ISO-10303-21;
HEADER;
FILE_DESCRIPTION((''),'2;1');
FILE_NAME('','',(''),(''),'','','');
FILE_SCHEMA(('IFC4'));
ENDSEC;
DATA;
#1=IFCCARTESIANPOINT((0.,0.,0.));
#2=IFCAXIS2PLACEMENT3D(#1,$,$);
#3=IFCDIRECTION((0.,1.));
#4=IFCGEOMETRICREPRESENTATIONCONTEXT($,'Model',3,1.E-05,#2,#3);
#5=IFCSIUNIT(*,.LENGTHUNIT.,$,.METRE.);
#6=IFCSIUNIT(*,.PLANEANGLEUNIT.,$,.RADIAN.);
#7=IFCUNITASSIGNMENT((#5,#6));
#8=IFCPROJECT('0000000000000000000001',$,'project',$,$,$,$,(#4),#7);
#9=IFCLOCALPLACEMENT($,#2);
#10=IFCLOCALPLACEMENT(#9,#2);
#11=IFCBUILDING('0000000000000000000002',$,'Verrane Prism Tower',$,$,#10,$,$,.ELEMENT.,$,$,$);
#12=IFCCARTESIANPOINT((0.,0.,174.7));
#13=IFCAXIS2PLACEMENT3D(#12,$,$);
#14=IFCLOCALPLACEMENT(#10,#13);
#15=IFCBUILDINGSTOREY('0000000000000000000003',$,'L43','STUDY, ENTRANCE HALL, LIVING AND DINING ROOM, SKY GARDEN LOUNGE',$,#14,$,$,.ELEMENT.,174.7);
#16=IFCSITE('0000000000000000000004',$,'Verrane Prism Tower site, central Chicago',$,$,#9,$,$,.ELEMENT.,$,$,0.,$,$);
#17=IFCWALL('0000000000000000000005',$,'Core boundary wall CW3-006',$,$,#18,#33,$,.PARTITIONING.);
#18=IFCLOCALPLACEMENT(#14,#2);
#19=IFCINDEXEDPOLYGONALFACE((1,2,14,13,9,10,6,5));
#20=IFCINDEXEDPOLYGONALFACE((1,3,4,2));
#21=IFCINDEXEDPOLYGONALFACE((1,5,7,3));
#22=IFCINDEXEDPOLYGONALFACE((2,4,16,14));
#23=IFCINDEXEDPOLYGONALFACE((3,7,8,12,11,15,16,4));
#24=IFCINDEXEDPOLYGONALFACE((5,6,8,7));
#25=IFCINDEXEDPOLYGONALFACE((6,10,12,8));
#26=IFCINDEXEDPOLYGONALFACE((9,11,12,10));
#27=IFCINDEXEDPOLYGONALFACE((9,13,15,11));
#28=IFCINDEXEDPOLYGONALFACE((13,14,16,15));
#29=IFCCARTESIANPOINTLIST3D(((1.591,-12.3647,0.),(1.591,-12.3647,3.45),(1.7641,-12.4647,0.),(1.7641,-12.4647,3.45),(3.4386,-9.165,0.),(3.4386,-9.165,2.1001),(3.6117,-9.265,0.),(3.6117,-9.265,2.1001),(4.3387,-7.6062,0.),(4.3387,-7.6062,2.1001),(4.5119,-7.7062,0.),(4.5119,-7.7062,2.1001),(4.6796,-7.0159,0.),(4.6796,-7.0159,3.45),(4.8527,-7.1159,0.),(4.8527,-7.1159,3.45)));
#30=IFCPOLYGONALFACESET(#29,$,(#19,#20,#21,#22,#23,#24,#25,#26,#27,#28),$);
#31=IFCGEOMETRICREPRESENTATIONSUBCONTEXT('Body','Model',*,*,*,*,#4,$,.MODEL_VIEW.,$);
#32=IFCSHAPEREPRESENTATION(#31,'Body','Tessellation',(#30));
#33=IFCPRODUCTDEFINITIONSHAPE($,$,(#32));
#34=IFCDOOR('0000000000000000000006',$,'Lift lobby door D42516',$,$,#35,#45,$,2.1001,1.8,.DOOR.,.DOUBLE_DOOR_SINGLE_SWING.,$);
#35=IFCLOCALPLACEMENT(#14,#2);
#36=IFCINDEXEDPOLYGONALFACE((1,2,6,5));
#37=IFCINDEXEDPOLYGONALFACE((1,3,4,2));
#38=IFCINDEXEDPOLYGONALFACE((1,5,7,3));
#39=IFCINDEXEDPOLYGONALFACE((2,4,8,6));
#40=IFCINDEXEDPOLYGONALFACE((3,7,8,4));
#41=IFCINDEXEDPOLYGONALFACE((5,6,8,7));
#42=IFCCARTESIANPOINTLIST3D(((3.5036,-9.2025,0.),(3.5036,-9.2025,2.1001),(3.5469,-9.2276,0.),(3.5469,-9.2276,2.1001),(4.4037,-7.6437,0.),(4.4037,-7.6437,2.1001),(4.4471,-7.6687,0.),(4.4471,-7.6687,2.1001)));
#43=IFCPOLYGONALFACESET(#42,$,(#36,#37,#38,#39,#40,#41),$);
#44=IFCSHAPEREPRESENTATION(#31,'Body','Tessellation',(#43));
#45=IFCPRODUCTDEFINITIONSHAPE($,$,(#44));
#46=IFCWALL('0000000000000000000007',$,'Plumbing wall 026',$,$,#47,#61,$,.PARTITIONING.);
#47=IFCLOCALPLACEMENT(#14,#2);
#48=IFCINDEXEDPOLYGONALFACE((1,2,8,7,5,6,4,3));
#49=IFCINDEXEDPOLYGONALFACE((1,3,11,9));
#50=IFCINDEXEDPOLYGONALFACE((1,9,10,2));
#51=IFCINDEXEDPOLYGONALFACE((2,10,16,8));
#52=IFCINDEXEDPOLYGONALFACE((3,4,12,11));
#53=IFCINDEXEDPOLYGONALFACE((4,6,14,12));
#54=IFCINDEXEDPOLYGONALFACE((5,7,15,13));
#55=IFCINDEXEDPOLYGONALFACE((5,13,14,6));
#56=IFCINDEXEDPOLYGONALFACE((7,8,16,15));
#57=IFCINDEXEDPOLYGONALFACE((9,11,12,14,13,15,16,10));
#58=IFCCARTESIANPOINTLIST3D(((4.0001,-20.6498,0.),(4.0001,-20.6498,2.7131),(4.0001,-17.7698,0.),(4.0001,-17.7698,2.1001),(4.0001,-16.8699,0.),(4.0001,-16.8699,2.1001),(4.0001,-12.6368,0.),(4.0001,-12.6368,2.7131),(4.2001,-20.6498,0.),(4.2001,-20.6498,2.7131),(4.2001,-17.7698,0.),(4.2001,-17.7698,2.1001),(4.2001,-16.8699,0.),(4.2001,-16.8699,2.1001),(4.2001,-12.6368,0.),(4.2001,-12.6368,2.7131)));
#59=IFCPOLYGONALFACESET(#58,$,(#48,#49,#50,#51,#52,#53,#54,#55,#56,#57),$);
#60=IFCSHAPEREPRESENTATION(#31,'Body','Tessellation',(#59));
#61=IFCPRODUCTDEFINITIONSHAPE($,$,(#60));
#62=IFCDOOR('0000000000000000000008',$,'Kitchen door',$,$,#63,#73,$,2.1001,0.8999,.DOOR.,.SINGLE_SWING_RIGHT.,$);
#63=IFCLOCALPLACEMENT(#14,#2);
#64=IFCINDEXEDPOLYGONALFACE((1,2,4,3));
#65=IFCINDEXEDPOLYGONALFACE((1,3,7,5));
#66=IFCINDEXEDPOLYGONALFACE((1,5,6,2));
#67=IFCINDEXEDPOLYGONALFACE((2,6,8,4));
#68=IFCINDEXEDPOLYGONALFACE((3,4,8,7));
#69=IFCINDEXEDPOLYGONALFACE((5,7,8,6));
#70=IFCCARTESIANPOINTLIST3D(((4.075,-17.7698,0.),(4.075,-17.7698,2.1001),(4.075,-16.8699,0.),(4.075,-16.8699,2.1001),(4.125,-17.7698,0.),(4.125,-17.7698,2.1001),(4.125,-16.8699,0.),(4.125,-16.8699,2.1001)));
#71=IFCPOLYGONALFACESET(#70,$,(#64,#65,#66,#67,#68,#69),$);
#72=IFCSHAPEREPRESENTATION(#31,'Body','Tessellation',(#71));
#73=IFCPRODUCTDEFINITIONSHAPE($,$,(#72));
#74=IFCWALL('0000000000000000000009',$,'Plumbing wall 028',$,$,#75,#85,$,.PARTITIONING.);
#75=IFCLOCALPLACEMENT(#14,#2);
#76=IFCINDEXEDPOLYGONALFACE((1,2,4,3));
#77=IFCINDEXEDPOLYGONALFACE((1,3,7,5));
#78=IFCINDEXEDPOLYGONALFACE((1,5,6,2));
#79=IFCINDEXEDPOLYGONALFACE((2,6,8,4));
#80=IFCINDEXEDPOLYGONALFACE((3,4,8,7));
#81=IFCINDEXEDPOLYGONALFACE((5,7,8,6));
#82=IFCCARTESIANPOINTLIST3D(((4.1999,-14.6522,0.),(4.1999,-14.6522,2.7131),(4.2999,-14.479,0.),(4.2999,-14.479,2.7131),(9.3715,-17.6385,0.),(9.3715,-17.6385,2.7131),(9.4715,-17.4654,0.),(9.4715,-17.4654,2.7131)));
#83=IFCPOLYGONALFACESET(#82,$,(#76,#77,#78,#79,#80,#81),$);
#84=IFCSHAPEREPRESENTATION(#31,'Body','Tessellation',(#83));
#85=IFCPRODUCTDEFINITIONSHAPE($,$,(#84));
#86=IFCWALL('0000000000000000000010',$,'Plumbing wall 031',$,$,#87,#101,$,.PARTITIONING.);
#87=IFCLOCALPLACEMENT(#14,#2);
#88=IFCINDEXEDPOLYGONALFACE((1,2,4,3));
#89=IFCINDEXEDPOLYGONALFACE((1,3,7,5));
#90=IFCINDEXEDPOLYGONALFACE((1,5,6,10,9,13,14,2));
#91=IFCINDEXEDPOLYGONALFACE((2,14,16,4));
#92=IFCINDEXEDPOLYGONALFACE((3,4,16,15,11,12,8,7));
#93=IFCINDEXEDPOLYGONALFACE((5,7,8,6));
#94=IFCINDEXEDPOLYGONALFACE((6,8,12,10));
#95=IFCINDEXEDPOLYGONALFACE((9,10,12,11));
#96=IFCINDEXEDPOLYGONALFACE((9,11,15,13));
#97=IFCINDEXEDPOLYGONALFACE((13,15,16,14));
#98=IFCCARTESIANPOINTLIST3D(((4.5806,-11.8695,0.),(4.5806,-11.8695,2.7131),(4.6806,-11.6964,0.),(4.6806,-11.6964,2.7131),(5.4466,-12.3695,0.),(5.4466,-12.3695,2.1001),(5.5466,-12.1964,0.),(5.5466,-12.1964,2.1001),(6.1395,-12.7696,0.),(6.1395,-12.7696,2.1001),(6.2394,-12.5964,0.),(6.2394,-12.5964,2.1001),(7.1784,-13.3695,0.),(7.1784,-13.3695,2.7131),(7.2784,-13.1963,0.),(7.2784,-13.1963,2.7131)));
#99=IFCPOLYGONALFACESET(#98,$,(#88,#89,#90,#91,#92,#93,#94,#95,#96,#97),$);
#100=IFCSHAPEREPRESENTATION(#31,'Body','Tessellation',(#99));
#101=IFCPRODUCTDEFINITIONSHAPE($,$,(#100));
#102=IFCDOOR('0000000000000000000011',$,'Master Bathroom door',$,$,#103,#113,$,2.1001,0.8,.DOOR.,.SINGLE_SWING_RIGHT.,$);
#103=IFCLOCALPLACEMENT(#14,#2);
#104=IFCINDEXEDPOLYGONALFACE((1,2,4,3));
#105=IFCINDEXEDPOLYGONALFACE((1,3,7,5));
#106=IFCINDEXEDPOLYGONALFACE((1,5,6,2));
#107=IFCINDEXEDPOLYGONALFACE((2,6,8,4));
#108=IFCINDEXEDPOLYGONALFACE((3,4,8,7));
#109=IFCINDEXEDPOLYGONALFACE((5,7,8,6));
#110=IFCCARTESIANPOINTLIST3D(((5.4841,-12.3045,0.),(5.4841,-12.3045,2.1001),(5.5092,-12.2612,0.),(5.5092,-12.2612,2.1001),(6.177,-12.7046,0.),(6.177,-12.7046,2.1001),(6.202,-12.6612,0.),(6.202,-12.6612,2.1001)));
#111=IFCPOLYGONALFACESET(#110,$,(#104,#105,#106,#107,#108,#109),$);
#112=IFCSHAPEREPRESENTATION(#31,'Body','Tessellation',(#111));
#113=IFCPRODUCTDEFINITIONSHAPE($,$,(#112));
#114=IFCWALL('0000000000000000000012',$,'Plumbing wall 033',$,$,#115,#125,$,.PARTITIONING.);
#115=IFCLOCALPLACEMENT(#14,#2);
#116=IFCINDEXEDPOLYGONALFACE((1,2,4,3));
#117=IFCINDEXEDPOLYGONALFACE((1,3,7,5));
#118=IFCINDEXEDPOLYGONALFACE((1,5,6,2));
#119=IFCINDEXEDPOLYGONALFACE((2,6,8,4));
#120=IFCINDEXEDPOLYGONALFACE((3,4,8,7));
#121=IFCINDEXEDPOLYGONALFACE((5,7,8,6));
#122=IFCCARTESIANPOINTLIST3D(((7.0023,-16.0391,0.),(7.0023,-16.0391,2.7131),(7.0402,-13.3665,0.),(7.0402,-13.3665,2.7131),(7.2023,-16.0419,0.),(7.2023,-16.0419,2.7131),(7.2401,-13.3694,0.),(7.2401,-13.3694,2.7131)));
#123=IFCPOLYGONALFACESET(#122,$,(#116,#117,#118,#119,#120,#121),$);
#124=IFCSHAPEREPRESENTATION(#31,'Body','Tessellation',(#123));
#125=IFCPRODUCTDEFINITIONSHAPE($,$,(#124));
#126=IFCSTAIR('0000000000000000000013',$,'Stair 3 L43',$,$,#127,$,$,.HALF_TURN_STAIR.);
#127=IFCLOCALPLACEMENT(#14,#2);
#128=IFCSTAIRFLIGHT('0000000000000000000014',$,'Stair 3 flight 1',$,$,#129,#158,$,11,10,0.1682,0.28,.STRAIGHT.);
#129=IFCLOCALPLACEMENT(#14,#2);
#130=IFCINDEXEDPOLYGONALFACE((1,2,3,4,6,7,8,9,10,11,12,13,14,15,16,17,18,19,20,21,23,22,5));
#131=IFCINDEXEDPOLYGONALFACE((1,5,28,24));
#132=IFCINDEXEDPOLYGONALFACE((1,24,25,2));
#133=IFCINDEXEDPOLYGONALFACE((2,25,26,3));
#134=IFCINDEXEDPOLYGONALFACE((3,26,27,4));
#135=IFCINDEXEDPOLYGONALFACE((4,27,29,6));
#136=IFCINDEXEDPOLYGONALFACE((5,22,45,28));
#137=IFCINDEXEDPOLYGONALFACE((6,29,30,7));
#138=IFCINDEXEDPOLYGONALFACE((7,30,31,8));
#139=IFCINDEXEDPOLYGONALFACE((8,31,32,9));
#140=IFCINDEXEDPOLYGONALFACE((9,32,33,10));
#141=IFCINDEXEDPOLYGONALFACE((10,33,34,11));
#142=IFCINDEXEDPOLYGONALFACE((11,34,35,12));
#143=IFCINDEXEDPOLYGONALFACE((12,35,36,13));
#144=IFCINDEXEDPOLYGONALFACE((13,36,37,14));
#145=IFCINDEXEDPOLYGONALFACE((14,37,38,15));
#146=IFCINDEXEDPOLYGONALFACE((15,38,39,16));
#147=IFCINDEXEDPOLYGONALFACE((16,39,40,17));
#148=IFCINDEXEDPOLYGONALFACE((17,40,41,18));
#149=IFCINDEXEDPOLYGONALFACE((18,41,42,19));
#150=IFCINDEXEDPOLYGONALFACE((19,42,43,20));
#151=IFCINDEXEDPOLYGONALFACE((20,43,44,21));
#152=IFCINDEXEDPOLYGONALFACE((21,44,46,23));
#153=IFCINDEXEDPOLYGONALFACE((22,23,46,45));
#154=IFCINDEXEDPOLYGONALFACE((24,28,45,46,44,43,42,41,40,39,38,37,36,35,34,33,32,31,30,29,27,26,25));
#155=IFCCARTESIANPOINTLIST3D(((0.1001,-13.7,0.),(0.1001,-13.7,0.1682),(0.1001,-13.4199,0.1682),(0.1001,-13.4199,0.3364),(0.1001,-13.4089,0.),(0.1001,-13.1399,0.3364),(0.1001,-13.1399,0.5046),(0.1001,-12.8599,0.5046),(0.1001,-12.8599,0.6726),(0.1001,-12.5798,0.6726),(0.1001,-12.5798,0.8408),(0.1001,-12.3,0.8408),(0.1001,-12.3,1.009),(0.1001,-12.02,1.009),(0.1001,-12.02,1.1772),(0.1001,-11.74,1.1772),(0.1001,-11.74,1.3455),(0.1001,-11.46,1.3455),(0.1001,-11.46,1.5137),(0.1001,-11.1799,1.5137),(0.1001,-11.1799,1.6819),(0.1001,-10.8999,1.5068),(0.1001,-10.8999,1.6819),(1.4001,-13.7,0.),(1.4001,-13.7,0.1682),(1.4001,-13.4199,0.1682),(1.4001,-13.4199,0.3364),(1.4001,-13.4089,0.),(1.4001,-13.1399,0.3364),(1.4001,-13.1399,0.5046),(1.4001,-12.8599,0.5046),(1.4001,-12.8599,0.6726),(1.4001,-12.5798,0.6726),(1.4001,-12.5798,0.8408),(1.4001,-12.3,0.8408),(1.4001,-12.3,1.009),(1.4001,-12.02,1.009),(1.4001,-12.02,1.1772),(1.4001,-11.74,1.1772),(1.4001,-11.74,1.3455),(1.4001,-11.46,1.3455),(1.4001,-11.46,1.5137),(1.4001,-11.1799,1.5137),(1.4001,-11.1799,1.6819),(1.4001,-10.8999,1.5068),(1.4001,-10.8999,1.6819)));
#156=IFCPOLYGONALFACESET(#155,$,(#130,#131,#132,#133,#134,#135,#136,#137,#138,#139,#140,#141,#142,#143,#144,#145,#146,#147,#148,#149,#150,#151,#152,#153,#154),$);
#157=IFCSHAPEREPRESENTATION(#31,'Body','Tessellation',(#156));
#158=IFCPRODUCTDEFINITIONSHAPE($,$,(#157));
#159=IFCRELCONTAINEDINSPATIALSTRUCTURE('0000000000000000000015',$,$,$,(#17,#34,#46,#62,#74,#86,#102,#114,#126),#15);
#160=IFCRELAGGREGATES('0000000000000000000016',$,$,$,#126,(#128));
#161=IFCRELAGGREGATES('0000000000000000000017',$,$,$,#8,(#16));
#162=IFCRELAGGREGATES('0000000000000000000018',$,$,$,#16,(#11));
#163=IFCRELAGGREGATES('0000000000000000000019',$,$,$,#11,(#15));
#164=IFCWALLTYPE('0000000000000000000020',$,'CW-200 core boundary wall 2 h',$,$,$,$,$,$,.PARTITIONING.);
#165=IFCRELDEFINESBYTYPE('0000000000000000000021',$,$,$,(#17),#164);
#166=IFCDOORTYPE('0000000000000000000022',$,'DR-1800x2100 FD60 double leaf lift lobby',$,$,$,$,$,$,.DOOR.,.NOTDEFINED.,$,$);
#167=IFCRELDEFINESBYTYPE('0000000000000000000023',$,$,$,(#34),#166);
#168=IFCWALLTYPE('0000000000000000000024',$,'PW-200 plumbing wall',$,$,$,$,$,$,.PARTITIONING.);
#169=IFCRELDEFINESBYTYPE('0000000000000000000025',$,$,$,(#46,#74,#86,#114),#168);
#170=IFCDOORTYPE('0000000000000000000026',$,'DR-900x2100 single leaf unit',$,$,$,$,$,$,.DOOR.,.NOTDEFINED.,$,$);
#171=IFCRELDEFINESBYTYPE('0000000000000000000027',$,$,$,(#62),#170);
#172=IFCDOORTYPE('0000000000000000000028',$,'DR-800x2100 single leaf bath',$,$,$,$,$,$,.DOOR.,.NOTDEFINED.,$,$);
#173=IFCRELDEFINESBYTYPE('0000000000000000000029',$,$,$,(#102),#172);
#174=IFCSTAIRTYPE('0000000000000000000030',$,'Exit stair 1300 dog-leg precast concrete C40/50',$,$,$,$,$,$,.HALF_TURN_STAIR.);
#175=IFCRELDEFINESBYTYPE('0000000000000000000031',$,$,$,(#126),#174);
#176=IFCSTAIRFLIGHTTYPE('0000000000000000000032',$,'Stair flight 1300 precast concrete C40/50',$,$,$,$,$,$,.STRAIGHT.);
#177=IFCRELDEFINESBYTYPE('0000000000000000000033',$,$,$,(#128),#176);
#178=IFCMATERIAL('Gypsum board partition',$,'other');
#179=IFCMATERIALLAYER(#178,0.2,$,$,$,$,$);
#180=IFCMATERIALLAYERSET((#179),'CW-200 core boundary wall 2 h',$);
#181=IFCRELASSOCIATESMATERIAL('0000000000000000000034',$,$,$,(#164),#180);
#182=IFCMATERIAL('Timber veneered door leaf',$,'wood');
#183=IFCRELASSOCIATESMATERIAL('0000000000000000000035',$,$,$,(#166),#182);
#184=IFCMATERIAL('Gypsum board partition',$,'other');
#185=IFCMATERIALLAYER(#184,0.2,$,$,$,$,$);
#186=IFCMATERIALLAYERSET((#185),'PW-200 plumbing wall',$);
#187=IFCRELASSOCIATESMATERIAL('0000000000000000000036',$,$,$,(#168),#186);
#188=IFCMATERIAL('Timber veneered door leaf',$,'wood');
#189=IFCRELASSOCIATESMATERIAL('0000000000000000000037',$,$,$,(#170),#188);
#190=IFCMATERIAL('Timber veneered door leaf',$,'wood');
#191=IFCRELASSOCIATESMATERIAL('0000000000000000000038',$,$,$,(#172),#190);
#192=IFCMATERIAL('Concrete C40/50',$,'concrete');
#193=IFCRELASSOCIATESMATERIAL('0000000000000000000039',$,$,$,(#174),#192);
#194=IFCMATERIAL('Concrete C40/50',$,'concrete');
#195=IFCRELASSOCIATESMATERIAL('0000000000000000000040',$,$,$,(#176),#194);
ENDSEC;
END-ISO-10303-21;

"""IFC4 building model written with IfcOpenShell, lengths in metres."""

from ifc_helpers import new_model, si_unit, direction, frame, frame_2d, origin, place, context, subcontext, project, spatial, polyline, rectangle, outline, extrude, material, layer, layer_set, type_object, element, fill, aggregate, save


model = new_model("IFC4")

# Units and contexts
model_context = context("Model", 3, precision=1e-05, world=origin(), true_north=direction((0.0, 1.0)))
body_context = subcontext(model_context, "Body", "Model", "MODEL_VIEW")
ifc_project = project(units=[si_unit("LENGTHUNIT", "METRE"), si_unit("PLANEANGLEUNIT", "RADIAN")], contexts=[model_context])

# Site, building, storey
site_placement = place(None, origin())
site = spatial("IfcSite", under=ifc_project, at=site_placement, Name="Verrane Prism Tower site, central Chicago", CompositionType="ELEMENT", RefElevation=0.0)
building_placement = place(site_placement, origin())
building = spatial("IfcBuilding", under=site, at=building_placement, Name="Verrane Prism Tower", CompositionType="ELEMENT")
storey_placement = place(building_placement, frame((0.0, 0.0, 174.7)))
storey = spatial("IfcBuildingStorey", under=building, at=storey_placement, Name="L43", Description="STUDY, ENTRANCE HALL, LIVING AND DINING ROOM, SKY GARDEN LOUNGE", CompositionType="ELEMENT", Elevation=174.7)

# Walls, openings, doors
ifc_material_1 = material(Name="Gypsum board partition", Category="other")
ifc_layer_1 = layer(ifc_material_1, 0.2)
ifc_layer_set_1 = layer_set([ifc_layer_1], Name="CW-200 core boundary wall 2 h")
wall_type_1 = type_object("IfcWallType", Name="CW-200 core boundary wall 2 h", PredefinedType="PARTITIONING", material=ifc_layer_set_1)
wall_1_placement = place(storey_placement, frame((1.6775, -12.4148, 0.0), z_axis=(0.0, 0.0, 1.0), x_axis=(0.500054, 0.865994, 0.0)))
wall_1 = element("IfcWall", 1, at=wall_1_placement, inside=storey, type_object=wall_type_1, Name="Core boundary wall CW3-006", PredefinedType="PARTITIONING", context=body_context, shape_type="SweptSolid", body=[
    extrude(rectangle(XDim=6.1765, YDim=0.2, at=frame_2d((3.0884, 0.0))), origin(), (0.0, 0.0, 1.0), 3.45),
])
opening_1_placement = place(wall_1_placement, frame((3.6951, 0.0, 0.0)))
opening_1 = element("IfcOpeningElement", 2, at=opening_1_placement, cuts=wall_1, PredefinedType="OPENING", context=body_context, shape_type="SweptSolid", body=[
    extrude(rectangle(XDim=1.8, YDim=2.1001, at=frame_2d((0.8999, 1.05))), frame((0.0, 0.1099, 0.0), z_axis=(0.0, -1.0, 0.0), x_axis=(1.0, 0.0, 0.0)), (0.0, 0.0, 1.0), 0.22),
])
ifc_material_2 = material(Name="Timber veneered door leaf", Category="wood")
door_type_1 = type_object("IfcDoorType", Name="DR-1800x2100 FD60 double leaf lift lobby", OperationType="NOTDEFINED", PredefinedType="DOOR", material=ifc_material_2)
door_1_placement = place(opening_1_placement, origin())
door_1 = element("IfcDoor", 3, at=door_1_placement, inside=storey, type_object=door_type_1, Name="Lift lobby door D42516", OperationType="DOUBLE_DOOR_SINGLE_SWING", OverallHeight=2.1001, OverallWidth=1.8, PredefinedType="DOOR", context=body_context, shape_type="SweptSolid", body=[
    extrude(rectangle(XDim=1.8, YDim=2.1001, at=frame_2d((0.8999, 1.05))), frame((0.0, 0.0249, 0.0), z_axis=(0.0, -1.0, 0.0), x_axis=(1.0, 0.0, 0.0)), (0.0, 0.0, 1.0), 0.05),
])
fill(opening_1, door_1)
ifc_material_3 = material(Name="Gypsum board partition", Category="other")
ifc_layer_2 = layer(ifc_material_3, 0.2)
ifc_layer_set_2 = layer_set([ifc_layer_2], Name="PW-200 plumbing wall")
wall_type_2 = type_object("IfcWallType", Name="PW-200 plumbing wall", PredefinedType="PARTITIONING", material=ifc_layer_set_2)
wall_2_placement = place(storey_placement, frame((4.1001, -12.637, 0.0), z_axis=(0.0, 0.0, 1.0), x_axis=(0.0, -1.0, 0.0)))
wall_2 = element("IfcWall", 4, at=wall_2_placement, inside=storey, type_object=wall_type_2, Name="Plumbing wall 026", PredefinedType="PARTITIONING", context=body_context, shape_type="SweptSolid", body=[
    extrude(rectangle(XDim=8.0129, YDim=0.2, at=frame_2d((4.0063, 0.0))), origin(), (0.0, 0.0, 1.0), 2.7131),
])
opening_2_placement = place(wall_2_placement, frame((4.2329, 0.0, 0.0)))
opening_2 = element("IfcOpeningElement", 5, at=opening_2_placement, cuts=wall_2, PredefinedType="OPENING", context=body_context, shape_type="SweptSolid", body=[
    extrude(rectangle(XDim=0.8999, YDim=2.1001, at=frame_2d((0.45, 1.05))), frame((0.0, 0.1099, 0.0), z_axis=(0.0, -1.0, 0.0), x_axis=(1.0, 0.0, 0.0)), (0.0, 0.0, 1.0), 0.22),
])
ifc_material_4 = material(Name="Timber veneered door leaf", Category="wood")
door_type_2 = type_object("IfcDoorType", Name="DR-900x2100 single leaf unit", OperationType="NOTDEFINED", PredefinedType="DOOR", material=ifc_material_4)
door_2_placement = place(opening_2_placement, origin())
door_2 = element("IfcDoor", 6, at=door_2_placement, inside=storey, type_object=door_type_2, Name="Kitchen door", OperationType="SINGLE_SWING_RIGHT", OverallHeight=2.1001, OverallWidth=0.8999, PredefinedType="DOOR", context=body_context, shape_type="SweptSolid", body=[
    extrude(rectangle(XDim=0.8999, YDim=2.1001, at=frame_2d((0.45, 1.05))), frame((0.0, 0.0249, 0.0), z_axis=(0.0, -1.0, 0.0), x_axis=(1.0, 0.0, 0.0)), (0.0, 0.0, 1.0), 0.05),
])
fill(opening_2, door_2)

# Wall
wall_3_placement = place(storey_placement, frame((4.25, -14.5657, 0.0), z_axis=(0.0, 0.0, 1.0), x_axis=(0.86599, -0.500061, 0.0)))
element("IfcWall", 7, at=wall_3_placement, inside=storey, type_object=wall_type_2, Name="Plumbing wall 028", PredefinedType="PARTITIONING", context=body_context, shape_type="SweptSolid", body=[
    extrude(rectangle(XDim=5.9719, YDim=0.2, at=frame_2d((2.9858, 0.0))), origin(), (0.0, 0.0, 1.0), 2.7131),
])

# Wall, opening, door
wall_4_placement = place(storey_placement, frame((7.2285, -13.283, 0.0), z_axis=(0.0, 0.0, 1.0), x_axis=(-0.866011, 0.500025, 0.0)))
wall_4 = element("IfcWall", 8, at=wall_4_placement, inside=storey, type_object=wall_type_2, Name="Plumbing wall 031", PredefinedType="PARTITIONING", context=body_context, shape_type="SweptSolid", body=[
    extrude(rectangle(XDim=2.9998, YDim=0.2, at=frame_2d((1.5, 0.0))), origin(), (0.0, 0.0, 1.0), 2.7131),
])
opening_3_placement = place(wall_4_placement, frame((1.2, 0.0, 0.0)))
opening_3 = element("IfcOpeningElement", 9, at=opening_3_placement, cuts=wall_4, PredefinedType="OPENING", context=body_context, shape_type="SweptSolid", body=[
    extrude(rectangle(XDim=0.8, YDim=2.1001, at=frame_2d((0.3999, 1.05))), frame((0.0, 0.1099, 0.0), z_axis=(0.0, -1.0, 0.0), x_axis=(1.0, 0.0, 0.0)), (0.0, 0.0, 1.0), 0.22),
])
ifc_material_5 = material(Name="Timber veneered door leaf", Category="wood")
door_type_3 = type_object("IfcDoorType", Name="DR-800x2100 single leaf bath", OperationType="NOTDEFINED", PredefinedType="DOOR", material=ifc_material_5)
door_3_placement = place(opening_3_placement, origin())
door_3 = element("IfcDoor", 10, at=door_3_placement, inside=storey, type_object=door_type_3, Name="Master Bathroom door", OperationType="SINGLE_SWING_RIGHT", OverallHeight=2.1001, OverallWidth=0.8, PredefinedType="DOOR", context=body_context, shape_type="SweptSolid", body=[
    extrude(rectangle(XDim=0.8, YDim=2.1001, at=frame_2d((0.3999, 1.05))), frame((0.0, 0.0249, 0.0), z_axis=(0.0, -1.0, 0.0), x_axis=(1.0, 0.0, 0.0)), (0.0, 0.0, 1.0), 0.05),
])
fill(opening_3, door_3)

# Wall
wall_5_placement = place(storey_placement, frame((7.1023, -16.0405, 0.0), z_axis=(0.0, 0.0, 1.0), x_axis=(0.014158, 0.9999, 0.0)))
element("IfcWall", 11, at=wall_5_placement, inside=storey, type_object=wall_type_2, Name="Plumbing wall 033", PredefinedType="PARTITIONING", context=body_context, shape_type="SweptSolid", body=[
    extrude(rectangle(XDim=2.6729, YDim=0.2, at=frame_2d((1.3364, 0.0))), origin(), (0.0, 0.0, 1.0), 2.7131),
])

# Stair, stair flight
ifc_material_6 = material(Name="Concrete C40/50", Category="concrete")
stair_type = type_object("IfcStairType", Name="Exit stair 1300 dog-leg precast concrete C40/50", PredefinedType="HALF_TURN_STAIR", material=ifc_material_6)
stair_placement = place(storey_placement, origin())
stair = element("IfcStair", 12, at=stair_placement, inside=storey, type_object=stair_type, Name="Stair 3 L43", PredefinedType="HALF_TURN_STAIR")
ifc_material_7 = material(Name="Concrete C40/50", Category="concrete")
stair_flight_type = type_object("IfcStairFlightType", Name="Stair flight 1300 precast concrete C40/50", PredefinedType="STRAIGHT", material=ifc_material_7)
stair_flight_placement = place(storey_placement, frame((0.75, -13.7, 0.0), z_axis=(0.0, 0.0, 1.0), x_axis=(0.0, 1.0, 0.0)))
stair_flight = element("IfcStairFlight", 13, at=stair_flight_placement, type_object=stair_flight_type, Name="Stair 3 flight 1", NumberOfRisers=11, NumberOfTreads=10, PredefinedType="STRAIGHT", RiserHeight=0.1682, TreadLength=0.28, context=body_context, shape_type="SweptSolid", body=[
    extrude(outline(polyline([(0.0, 0.0), (0.0, 0.1682), (0.28, 0.1682), (0.28, 0.3364), (0.5601, 0.3364), (0.5601, 0.5046), (0.8401, 0.5046), (0.8401, 0.6726), (1.1201, 0.6726), (1.1201, 0.8408), (1.3999, 0.8408), (1.3999, 1.009), (1.6799, 1.009), (1.6799, 1.1772), (1.96, 1.1772), (1.96, 1.3455), (2.24, 1.3455), (2.24, 1.5137), (2.52, 1.5137), (2.52, 1.6819), (2.8, 1.6819), (2.8, 1.8501), (2.8, 1.5068), (0.291, 0.0), (0.0, 0.0)])), frame((0.0, 0.6499, 0.0), z_axis=(0.0, -1.0, 0.0), x_axis=(1.0, 0.0, 0.0)), (0.0, 0.0, 1.0), 1.3),
])
aggregate(stair, [stair_flight])

save(model, "model.ifc")
